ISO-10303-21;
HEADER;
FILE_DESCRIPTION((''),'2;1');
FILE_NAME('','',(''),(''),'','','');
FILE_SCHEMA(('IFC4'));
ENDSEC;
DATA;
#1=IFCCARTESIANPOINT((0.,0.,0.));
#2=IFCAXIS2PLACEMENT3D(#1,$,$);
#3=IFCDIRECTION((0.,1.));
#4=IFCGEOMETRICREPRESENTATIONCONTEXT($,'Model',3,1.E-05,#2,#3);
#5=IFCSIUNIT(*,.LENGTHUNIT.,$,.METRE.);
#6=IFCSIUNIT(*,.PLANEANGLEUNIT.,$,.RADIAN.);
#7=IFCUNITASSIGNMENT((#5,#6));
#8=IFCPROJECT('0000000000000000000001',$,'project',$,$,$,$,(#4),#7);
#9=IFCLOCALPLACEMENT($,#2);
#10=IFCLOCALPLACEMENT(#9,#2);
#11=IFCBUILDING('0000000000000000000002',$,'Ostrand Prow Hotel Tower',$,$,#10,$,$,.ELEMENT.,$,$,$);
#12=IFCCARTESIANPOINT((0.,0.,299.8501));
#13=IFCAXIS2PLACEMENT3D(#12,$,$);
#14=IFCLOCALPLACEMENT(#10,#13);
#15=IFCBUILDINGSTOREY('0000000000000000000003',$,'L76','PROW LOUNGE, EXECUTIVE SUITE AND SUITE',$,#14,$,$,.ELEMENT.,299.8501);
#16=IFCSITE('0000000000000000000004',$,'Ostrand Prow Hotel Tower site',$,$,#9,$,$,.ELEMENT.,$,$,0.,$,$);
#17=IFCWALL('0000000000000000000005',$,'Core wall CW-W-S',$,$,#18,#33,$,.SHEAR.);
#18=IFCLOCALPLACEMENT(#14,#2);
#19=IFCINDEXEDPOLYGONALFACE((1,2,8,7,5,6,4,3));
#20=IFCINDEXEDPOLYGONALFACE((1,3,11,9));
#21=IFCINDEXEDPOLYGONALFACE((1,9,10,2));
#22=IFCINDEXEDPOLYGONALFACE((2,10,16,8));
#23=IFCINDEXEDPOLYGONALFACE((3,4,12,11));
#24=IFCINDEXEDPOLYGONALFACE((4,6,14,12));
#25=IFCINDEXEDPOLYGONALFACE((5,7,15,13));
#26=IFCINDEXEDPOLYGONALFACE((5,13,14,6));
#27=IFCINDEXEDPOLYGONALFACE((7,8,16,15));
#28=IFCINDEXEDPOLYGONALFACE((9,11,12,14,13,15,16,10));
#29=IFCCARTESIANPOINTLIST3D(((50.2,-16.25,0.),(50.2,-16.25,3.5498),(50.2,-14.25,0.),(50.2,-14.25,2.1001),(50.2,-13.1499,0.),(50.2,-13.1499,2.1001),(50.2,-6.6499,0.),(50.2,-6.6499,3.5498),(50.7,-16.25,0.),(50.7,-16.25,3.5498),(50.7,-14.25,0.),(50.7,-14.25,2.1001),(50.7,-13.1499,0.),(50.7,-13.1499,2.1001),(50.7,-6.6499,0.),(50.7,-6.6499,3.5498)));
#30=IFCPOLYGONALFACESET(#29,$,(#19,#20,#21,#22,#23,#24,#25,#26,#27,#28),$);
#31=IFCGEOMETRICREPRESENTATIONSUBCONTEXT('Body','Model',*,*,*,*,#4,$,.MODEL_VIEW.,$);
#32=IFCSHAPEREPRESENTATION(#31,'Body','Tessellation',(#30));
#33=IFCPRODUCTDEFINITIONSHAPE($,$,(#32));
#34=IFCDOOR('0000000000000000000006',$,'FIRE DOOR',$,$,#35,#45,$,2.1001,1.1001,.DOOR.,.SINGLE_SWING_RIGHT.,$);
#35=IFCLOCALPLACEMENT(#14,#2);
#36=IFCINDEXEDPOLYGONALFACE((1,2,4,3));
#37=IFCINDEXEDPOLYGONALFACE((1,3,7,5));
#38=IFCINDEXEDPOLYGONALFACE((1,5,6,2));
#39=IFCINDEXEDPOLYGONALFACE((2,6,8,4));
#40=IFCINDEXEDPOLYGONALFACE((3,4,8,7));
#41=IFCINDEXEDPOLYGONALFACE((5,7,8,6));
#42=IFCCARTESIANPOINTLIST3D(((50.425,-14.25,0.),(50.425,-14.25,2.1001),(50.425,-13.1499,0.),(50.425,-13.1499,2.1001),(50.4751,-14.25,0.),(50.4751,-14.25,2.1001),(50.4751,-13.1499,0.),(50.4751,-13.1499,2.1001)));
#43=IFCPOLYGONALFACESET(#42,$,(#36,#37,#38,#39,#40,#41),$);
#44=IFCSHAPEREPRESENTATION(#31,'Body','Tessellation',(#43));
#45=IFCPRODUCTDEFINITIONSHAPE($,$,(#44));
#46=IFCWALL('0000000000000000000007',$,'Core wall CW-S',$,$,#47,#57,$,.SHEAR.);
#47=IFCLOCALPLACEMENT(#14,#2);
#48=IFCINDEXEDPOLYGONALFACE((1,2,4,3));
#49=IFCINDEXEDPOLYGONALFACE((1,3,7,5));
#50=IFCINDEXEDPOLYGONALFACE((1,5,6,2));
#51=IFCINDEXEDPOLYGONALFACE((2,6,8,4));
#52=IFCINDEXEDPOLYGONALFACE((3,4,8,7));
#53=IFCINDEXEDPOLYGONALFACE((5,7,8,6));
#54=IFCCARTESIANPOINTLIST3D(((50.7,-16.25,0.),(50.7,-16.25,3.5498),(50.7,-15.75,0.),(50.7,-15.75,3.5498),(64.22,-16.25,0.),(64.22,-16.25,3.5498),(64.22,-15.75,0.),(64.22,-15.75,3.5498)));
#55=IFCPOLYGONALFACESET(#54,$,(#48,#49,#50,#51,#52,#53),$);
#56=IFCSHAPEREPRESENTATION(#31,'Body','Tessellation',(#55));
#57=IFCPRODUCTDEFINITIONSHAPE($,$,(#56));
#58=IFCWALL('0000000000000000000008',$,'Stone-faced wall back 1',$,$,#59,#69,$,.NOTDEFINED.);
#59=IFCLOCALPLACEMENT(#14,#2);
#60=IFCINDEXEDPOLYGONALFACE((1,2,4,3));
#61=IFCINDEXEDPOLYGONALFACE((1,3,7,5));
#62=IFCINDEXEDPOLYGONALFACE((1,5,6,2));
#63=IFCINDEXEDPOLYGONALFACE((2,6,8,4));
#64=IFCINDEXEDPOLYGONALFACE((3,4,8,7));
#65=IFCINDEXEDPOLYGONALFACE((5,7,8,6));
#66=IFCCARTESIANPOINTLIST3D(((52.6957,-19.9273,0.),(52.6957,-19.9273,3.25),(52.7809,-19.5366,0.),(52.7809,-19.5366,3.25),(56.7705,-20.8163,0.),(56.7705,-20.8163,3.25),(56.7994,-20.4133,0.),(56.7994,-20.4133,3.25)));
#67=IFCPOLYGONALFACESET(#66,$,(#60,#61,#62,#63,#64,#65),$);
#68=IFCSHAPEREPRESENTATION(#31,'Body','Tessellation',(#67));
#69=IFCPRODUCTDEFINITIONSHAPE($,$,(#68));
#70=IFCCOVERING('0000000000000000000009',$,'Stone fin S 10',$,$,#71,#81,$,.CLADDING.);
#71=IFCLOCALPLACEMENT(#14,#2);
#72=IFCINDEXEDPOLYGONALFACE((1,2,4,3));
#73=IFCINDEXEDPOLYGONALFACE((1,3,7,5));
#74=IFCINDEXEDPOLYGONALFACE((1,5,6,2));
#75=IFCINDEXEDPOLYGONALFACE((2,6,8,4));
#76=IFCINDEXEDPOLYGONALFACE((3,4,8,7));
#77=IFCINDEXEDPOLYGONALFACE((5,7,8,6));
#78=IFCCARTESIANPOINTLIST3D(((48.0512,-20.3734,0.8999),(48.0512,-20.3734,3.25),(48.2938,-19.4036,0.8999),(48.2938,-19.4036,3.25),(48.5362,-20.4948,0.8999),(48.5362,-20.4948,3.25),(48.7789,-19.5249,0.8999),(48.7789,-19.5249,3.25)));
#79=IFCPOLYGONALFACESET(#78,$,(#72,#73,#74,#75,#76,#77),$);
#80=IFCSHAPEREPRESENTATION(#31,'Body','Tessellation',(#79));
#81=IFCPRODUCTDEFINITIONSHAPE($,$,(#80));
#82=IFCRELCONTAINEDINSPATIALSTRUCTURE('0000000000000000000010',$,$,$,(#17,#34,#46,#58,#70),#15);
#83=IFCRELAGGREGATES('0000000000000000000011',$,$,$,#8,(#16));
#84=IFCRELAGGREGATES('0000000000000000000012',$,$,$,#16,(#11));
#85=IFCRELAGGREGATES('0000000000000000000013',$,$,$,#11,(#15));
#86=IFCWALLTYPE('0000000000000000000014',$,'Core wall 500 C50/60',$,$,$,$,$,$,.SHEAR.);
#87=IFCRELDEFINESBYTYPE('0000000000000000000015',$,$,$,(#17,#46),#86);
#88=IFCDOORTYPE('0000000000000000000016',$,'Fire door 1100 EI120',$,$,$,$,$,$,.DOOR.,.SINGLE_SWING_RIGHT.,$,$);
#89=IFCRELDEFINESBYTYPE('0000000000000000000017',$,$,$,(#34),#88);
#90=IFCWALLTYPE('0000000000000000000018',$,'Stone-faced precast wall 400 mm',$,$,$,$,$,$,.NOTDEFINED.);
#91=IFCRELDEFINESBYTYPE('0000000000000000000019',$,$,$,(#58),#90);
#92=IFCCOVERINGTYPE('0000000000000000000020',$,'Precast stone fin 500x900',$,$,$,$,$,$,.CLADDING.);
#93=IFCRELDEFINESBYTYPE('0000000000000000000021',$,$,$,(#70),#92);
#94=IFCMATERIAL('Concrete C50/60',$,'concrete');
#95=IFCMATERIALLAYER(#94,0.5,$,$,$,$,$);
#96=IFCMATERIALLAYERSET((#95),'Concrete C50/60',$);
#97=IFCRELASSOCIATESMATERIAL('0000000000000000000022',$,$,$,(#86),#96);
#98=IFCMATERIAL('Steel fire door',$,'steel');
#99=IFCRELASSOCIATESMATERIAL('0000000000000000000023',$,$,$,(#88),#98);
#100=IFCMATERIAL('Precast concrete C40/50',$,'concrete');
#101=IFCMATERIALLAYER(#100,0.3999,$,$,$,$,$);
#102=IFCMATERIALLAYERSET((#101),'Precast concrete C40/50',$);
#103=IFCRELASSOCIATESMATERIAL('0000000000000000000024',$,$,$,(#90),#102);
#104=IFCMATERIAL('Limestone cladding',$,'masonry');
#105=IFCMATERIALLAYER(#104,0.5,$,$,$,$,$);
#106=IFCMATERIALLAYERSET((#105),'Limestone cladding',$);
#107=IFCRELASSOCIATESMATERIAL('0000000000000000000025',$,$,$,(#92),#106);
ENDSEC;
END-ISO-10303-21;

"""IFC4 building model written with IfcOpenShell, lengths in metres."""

from ifc_helpers import new_model, si_unit, direction, frame, frame_2d, origin, place, context, subcontext, project, spatial, polyline, rectangle, outline, extrude, material, layer, layer_set, type_object, element, fill, save


model = new_model("IFC4")

# Units and contexts
model_context = context("Model", 3, precision=1e-05, world=origin(), true_north=direction((0.0, 1.0)))
body_context = subcontext(model_context, "Body", "Model", "MODEL_VIEW")
ifc_project = project(units=[si_unit("LENGTHUNIT", "METRE"), si_unit("PLANEANGLEUNIT", "RADIAN")], contexts=[model_context])

# Site, building, storey
site_placement = place(None, origin())
site = spatial("IfcSite", under=ifc_project, at=site_placement, Name="Ostrand Prow Hotel Tower site", CompositionType="ELEMENT", RefElevation=0.0)
building_placement = place(site_placement, origin())
building = spatial("IfcBuilding", under=site, at=building_placement, Name="Ostrand Prow Hotel Tower", CompositionType="ELEMENT")
storey_placement = place(building_placement, frame((0.0, 0.0, 299.8501)))
storey = spatial("IfcBuildingStorey", under=building, at=storey_placement, Name="L76", Description="PROW LOUNGE, EXECUTIVE SUITE AND SUITE", CompositionType="ELEMENT", Elevation=299.8501)

# Wall, opening, door
ifc_material_1 = material(Name="Concrete C50/60", Category="concrete")
ifc_layer_1 = layer(ifc_material_1, 0.5)
ifc_layer_set_1 = layer_set([ifc_layer_1], Name="Concrete C50/60")
wall_type_1 = type_object("IfcWallType", Name="Core wall 500 C50/60", PredefinedType="SHEAR", material=ifc_layer_set_1)
wall_1_placement = place(storey_placement, frame((50.45, -16.25, 0.0), z_axis=(0.0, 0.0, 1.0), x_axis=(0.0, 1.0, 0.0)))
wall_1 = element("IfcWall", 1, at=wall_1_placement, inside=storey, type_object=wall_type_1, Name="Core wall CW-W-S", PredefinedType="SHEAR", context=body_context, shape_type="SweptSolid", body=[
    extrude(rectangle(XDim=9.6001, YDim=0.5, at=frame_2d((4.8, 0.0))), origin(), (0.0, 0.0, 1.0), 3.5498),
])
opening_placement = place(wall_1_placement, frame((2.0, 0.0, 0.0)))
opening = element("IfcOpeningElement", 2, at=opening_placement, cuts=wall_1, PredefinedType="OPENING", context=body_context, shape_type="SweptSolid", body=[
    extrude(rectangle(XDim=1.1001, YDim=2.1001, at=frame_2d((0.55, 1.05))), frame((0.0, 0.26, 0.0), z_axis=(0.0, -1.0, 0.0), x_axis=(1.0, 0.0, 0.0)), (0.0, 0.0, 1.0), 0.52),
])
ifc_material_2 = material(Name="Steel fire door", Category="steel")
door_type = type_object("IfcDoorType", Name="Fire door 1100 EI120", OperationType="SINGLE_SWING_RIGHT", PredefinedType="DOOR", material=ifc_material_2)
door_placement = place(opening_placement, origin())
door = element("IfcDoor", 3, at=door_placement, inside=storey, type_object=door_type, Name="FIRE DOOR", OperationType="SINGLE_SWING_RIGHT", OverallHeight=2.1001, OverallWidth=1.1001, PredefinedType="DOOR", context=body_context, shape_type="SweptSolid", body=[
    extrude(rectangle(XDim=1.1001, YDim=2.1001, at=frame_2d((0.55, 1.05))), frame((0.0, 0.0249, 0.0), z_axis=(0.0, -1.0, 0.0), x_axis=(1.0, 0.0, 0.0)), (0.0, 0.0, 1.0), 0.05),
])
fill(opening, door)

# Walls
wall_2_placement = place(storey_placement, frame((50.7, -16.0, 0.0), z_axis=(0.0, 0.0, 1.0), x_axis=(1.0, 0.0, 0.0)))
element("IfcWall", 4, at=wall_2_placement, inside=storey, type_object=wall_type_1, Name="Core wall CW-S", PredefinedType="SHEAR", context=body_context, shape_type="SweptSolid", body=[
    extrude(rectangle(XDim=13.52, YDim=0.5, at=frame_2d((6.76, 0.0))), origin(), (0.0, 0.0, 1.0), 3.5498),
])
ifc_material_3 = material(Name="Precast concrete C40/50", Category="concrete")
ifc_layer_2 = layer(ifc_material_3, 0.3999)
ifc_layer_set_2 = layer_set([ifc_layer_2], Name="Precast concrete C40/50")
wall_type_2 = type_object("IfcWallType", Name="Stone-faced precast wall 400 mm", PredefinedType="NOTDEFINED", material=ifc_layer_set_2)
wall_3_placement = place(storey_placement, frame((52.7383, -19.7319, 0.0), z_axis=(0.0, 0.0, 1.0), x_axis=(0.97702, -0.213147, 0.0)))
element("IfcWall", 5, at=wall_3_placement, inside=storey, type_object=wall_type_2, Name="Stone-faced wall back 1", PredefinedType="NOTDEFINED", context=body_context, shape_type="SweptSolid", body=[
    extrude(outline(polyline([(0.0, -0.2), (4.1707, -0.2), (4.113, 0.2), (0.0, 0.2), (0.0, -0.2)])), origin(), (0.0, 0.0, 1.0), 3.25),
])

# Covering
ifc_material_4 = material(Name="Limestone cladding", Category="masonry")
ifc_layer_3 = layer(ifc_material_4, 0.5)
ifc_layer_set_3 = layer_set([ifc_layer_3], Name="Limestone cladding")
covering_type = type_object("IfcCoveringType", Name="Precast stone fin 500x900", PredefinedType="CLADDING", material=ifc_layer_set_3)
covering_placement = place(storey_placement, frame((48.5364, -19.4641, 0.8999), z_axis=(0.0, 0.0, 1.0), x_axis=(-0.242708, -0.970099, 0.0)))
element("IfcCovering", 6, at=covering_placement, inside=storey, type_object=covering_type, Name="Stone fin S 10", PredefinedType="CLADDING", context=body_context, shape_type="SweptSolid", body=[
    extrude(rectangle(XDim=0.9998, YDim=0.5, at=frame_2d((0.5, 0.0))), origin(), (0.0, 0.0, 1.0), 2.3501),
])

save(model, "model.ifc")
